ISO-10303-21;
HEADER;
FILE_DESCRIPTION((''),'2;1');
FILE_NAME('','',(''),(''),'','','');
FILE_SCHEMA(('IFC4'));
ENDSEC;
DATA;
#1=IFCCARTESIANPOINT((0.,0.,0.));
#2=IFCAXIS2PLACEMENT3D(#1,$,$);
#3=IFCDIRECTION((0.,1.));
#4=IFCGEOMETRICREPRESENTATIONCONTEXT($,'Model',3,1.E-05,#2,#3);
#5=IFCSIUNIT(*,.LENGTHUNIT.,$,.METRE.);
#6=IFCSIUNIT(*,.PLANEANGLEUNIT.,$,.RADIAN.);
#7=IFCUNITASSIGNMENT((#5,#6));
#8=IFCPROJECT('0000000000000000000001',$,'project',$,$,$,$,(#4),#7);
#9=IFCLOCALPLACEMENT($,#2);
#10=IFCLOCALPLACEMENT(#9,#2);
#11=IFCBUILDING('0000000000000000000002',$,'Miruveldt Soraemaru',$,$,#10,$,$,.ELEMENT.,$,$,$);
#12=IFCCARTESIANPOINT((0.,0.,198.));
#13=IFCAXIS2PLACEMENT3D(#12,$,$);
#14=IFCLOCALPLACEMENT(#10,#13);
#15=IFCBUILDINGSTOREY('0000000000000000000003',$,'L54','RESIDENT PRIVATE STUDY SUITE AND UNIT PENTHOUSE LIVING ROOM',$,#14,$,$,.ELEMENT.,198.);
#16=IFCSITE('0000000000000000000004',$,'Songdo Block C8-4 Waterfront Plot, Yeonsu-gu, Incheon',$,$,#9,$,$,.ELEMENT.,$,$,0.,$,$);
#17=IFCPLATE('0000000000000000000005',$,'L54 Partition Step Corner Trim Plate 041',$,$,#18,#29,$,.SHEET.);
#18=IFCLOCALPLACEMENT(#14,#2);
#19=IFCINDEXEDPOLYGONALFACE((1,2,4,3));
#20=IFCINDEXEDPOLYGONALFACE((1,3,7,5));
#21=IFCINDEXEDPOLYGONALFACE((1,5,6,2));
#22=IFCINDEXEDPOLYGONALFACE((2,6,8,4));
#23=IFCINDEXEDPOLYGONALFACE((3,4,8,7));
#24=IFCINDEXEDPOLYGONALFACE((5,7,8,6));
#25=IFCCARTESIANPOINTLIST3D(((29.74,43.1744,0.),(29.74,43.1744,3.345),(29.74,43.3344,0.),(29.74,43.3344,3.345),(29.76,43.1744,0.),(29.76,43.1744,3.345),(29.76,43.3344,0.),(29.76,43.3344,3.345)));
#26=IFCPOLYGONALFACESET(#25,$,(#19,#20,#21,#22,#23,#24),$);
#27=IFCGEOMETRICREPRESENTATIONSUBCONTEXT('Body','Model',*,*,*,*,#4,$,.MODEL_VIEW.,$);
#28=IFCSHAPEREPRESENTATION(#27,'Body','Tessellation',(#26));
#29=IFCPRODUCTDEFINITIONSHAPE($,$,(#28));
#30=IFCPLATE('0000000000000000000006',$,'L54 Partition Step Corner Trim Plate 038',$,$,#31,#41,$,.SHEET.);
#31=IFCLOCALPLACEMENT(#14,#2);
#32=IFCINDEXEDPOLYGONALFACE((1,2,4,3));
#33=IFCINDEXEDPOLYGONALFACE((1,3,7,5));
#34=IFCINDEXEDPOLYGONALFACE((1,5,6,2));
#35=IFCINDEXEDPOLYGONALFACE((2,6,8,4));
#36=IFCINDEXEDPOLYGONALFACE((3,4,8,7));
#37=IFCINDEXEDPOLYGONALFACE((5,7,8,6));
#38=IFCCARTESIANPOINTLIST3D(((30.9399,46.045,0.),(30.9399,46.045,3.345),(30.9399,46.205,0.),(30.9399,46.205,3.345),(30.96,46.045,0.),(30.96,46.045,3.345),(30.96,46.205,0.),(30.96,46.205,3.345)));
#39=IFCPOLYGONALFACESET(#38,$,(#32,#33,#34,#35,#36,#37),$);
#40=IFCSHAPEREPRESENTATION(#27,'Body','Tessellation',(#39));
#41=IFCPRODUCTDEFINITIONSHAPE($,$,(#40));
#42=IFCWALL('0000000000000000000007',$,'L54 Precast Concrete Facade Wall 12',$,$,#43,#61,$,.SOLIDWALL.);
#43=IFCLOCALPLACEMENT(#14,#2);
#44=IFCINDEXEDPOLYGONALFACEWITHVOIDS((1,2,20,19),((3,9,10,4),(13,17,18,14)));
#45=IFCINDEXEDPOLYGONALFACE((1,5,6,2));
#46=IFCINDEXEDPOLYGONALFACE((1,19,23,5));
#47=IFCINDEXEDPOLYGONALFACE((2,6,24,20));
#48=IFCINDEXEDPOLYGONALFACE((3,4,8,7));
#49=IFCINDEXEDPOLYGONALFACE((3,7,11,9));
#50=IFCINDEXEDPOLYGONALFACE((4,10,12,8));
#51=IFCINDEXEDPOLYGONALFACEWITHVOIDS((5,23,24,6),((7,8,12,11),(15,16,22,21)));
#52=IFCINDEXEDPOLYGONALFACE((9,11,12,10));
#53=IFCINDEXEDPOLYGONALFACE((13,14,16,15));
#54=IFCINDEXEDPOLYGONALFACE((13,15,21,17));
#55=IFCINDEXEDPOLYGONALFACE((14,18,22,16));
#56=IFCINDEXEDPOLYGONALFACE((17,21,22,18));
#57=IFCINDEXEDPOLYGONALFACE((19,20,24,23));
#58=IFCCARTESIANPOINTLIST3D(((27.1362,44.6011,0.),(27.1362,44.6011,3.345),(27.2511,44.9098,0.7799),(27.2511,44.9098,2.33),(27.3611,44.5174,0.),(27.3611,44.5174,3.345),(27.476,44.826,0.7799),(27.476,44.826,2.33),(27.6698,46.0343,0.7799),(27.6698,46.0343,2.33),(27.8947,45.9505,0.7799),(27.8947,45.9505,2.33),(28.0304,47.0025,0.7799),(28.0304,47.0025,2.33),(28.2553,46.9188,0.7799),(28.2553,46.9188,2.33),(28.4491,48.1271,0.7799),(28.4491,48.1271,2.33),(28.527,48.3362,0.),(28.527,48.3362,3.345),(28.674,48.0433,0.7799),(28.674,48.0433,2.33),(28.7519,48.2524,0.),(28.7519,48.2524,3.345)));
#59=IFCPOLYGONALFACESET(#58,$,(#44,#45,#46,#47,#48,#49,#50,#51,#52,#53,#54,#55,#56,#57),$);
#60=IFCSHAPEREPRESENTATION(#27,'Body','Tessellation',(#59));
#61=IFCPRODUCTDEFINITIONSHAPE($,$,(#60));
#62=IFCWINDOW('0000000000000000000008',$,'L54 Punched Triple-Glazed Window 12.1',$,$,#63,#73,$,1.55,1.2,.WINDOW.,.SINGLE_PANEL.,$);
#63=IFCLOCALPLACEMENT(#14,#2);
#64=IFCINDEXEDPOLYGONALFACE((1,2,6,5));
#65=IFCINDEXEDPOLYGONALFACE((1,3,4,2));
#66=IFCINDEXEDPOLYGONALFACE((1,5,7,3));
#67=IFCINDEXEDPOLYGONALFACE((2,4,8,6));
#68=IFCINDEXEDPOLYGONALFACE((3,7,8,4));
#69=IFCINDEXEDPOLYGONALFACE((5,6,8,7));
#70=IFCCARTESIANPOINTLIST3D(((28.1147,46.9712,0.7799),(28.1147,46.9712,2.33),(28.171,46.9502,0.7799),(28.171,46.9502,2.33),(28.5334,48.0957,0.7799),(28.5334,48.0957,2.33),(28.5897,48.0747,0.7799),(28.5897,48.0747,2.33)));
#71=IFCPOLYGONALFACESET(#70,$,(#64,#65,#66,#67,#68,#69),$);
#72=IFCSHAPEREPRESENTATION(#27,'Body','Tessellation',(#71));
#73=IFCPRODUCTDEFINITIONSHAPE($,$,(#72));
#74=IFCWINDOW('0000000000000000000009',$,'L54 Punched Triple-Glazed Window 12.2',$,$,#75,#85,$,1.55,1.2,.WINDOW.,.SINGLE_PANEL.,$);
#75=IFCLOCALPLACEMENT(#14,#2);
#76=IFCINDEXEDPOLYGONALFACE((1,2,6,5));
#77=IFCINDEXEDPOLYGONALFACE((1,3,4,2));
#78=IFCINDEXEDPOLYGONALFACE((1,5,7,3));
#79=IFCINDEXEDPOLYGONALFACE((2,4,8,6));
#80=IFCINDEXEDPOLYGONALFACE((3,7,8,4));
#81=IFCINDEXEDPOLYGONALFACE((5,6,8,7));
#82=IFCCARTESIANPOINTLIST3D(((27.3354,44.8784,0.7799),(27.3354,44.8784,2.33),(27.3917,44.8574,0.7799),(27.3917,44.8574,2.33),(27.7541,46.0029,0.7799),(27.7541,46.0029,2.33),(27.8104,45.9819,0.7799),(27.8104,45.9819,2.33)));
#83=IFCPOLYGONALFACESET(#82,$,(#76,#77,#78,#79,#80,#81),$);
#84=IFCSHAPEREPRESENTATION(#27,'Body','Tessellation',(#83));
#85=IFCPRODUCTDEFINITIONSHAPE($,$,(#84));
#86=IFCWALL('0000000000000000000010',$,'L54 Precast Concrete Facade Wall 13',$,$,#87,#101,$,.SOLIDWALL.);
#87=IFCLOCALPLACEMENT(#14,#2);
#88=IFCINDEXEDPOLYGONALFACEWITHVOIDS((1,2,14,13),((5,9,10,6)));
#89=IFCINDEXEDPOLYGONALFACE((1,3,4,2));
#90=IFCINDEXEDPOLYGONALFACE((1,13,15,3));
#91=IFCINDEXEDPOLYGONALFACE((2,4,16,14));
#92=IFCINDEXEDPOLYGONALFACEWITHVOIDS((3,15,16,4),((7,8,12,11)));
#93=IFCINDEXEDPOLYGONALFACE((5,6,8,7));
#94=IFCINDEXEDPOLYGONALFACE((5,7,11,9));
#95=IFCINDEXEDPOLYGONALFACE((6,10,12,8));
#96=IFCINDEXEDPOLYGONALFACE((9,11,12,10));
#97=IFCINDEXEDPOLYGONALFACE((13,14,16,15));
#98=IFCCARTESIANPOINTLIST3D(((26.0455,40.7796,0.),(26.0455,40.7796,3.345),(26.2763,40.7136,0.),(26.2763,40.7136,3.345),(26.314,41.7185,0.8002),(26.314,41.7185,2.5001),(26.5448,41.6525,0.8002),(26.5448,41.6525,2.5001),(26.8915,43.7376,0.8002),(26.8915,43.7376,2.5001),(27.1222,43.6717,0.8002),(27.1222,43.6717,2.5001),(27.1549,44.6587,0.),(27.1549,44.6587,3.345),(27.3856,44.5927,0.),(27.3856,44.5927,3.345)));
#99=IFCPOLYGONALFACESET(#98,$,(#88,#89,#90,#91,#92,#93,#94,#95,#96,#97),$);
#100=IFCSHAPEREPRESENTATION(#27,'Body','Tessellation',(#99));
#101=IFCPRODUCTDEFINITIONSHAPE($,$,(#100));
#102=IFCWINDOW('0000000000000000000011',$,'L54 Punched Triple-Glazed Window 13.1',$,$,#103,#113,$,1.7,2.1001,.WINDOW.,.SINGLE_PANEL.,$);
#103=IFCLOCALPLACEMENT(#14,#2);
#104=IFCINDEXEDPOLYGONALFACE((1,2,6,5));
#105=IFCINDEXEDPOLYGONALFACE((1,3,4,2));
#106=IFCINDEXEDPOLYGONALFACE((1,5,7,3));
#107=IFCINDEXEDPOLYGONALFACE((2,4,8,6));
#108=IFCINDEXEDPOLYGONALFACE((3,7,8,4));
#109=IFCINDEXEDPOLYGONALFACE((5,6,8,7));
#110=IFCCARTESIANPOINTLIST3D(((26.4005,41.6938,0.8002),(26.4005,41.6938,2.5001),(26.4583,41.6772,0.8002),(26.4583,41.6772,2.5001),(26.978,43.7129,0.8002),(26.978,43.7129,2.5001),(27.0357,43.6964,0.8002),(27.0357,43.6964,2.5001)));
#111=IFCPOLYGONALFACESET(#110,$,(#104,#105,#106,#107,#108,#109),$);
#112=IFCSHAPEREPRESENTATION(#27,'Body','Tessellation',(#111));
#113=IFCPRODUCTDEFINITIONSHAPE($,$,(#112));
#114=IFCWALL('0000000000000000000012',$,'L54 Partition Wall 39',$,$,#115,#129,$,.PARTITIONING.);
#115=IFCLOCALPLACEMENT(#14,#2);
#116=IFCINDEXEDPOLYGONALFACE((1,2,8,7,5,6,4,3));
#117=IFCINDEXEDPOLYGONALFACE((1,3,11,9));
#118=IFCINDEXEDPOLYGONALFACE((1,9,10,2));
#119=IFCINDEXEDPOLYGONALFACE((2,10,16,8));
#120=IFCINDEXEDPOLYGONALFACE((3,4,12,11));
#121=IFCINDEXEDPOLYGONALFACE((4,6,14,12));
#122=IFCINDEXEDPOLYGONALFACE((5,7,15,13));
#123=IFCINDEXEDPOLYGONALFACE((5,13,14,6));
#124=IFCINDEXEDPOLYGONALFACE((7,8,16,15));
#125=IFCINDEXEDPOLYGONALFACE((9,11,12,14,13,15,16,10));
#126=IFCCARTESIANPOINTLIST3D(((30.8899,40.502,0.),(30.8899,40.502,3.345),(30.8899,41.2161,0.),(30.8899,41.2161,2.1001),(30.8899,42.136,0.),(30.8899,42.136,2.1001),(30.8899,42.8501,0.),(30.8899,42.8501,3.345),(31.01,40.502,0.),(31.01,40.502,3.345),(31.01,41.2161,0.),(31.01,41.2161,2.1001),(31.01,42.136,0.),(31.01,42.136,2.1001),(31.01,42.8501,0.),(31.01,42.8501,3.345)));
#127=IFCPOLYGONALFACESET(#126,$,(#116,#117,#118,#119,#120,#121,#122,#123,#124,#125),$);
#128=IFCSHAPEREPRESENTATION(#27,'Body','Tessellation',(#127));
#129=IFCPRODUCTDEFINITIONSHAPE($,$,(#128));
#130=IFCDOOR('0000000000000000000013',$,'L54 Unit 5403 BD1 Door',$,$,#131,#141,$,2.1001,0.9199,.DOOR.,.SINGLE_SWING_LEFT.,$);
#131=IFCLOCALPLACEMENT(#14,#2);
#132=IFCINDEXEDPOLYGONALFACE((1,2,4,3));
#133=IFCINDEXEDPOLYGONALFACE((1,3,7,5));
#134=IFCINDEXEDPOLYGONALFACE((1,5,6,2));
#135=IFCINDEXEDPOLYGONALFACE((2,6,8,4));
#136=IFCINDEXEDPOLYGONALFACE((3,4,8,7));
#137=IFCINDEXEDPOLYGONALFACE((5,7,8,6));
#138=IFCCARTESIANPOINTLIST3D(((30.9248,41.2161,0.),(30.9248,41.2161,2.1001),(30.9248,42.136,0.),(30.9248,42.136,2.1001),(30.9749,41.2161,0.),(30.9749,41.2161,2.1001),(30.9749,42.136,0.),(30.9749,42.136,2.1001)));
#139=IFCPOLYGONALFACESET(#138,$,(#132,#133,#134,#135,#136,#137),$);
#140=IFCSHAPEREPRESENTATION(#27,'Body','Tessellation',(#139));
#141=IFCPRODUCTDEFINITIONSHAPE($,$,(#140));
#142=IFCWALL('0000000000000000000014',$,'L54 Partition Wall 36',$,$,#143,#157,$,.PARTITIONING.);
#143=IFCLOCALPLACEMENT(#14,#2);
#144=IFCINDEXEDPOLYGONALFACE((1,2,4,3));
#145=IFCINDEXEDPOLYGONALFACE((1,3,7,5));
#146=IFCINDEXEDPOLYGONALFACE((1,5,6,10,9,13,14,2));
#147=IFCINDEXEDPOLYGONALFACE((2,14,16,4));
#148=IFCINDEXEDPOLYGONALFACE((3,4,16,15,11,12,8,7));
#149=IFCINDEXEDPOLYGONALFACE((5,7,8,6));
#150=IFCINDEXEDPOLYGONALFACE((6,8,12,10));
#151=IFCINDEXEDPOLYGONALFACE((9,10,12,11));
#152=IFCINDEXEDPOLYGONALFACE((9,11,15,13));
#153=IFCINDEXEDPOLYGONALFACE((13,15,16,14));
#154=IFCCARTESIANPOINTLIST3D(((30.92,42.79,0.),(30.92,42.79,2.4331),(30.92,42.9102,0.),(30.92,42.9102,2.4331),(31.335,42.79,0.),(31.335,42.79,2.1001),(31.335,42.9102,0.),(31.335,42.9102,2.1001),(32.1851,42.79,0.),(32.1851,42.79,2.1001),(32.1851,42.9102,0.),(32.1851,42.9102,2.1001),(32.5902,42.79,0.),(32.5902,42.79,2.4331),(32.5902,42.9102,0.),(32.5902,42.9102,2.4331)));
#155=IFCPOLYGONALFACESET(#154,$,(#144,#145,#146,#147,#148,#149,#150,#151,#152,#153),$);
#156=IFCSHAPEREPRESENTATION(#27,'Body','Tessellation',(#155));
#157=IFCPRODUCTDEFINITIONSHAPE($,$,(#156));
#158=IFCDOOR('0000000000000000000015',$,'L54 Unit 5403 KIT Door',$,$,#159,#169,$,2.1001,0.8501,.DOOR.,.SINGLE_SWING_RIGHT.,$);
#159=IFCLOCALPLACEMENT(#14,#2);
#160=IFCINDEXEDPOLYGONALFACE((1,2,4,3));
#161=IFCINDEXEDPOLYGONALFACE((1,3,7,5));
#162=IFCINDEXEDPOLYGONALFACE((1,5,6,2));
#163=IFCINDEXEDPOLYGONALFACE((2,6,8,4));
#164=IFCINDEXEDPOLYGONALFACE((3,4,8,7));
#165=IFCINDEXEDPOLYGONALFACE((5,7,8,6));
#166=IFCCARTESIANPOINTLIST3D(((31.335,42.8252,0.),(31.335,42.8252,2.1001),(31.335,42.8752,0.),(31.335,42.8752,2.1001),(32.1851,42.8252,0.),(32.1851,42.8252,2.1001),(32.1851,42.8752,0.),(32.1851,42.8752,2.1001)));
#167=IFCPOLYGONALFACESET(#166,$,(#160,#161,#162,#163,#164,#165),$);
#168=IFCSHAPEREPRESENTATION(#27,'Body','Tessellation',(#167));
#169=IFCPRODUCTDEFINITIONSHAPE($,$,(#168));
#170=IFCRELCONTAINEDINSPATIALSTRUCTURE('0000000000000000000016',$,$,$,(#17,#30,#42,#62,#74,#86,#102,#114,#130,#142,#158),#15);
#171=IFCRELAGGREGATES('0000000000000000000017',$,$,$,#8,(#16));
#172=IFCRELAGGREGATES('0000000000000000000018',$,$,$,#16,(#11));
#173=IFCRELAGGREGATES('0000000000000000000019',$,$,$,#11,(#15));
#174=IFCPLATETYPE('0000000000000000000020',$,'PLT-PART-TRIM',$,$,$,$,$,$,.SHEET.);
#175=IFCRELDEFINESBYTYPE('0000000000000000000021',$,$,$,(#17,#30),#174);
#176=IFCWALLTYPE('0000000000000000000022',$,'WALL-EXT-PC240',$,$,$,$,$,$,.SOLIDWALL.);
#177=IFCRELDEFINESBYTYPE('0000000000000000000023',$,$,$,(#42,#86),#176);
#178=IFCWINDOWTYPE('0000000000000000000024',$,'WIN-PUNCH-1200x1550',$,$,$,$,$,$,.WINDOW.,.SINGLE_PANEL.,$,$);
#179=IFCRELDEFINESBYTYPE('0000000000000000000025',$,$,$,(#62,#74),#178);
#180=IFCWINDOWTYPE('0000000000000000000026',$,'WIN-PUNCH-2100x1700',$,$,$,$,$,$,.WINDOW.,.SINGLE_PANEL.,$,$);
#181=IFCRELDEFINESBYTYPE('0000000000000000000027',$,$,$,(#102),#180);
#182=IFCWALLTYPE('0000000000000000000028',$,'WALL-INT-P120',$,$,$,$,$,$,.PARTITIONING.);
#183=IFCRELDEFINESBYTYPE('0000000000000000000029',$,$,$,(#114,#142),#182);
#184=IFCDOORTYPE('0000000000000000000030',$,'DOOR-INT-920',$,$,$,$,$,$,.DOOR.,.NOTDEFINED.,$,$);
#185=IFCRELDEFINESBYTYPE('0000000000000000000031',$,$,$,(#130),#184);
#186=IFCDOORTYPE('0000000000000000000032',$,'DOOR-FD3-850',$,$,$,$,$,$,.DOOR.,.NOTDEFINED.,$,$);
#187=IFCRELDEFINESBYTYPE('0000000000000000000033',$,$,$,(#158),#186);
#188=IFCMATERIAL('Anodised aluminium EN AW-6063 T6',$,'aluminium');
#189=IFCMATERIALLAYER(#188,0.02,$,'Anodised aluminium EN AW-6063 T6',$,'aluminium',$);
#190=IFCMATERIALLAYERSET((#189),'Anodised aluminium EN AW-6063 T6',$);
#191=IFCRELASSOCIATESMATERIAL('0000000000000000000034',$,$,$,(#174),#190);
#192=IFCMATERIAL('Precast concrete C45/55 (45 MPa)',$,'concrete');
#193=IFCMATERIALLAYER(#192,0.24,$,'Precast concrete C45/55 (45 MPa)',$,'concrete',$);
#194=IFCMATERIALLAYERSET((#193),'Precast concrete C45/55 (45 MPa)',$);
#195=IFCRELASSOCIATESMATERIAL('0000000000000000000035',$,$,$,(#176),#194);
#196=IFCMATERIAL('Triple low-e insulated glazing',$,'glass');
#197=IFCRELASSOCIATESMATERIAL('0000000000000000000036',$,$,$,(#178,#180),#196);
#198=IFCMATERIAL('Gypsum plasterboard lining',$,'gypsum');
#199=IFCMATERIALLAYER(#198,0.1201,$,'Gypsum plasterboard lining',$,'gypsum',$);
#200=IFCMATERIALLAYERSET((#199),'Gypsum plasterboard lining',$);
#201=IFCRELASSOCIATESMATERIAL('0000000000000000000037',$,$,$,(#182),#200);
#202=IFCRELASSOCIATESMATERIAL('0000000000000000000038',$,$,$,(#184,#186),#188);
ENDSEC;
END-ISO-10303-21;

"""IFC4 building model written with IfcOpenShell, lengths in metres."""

from ifc_helpers import new_model, si_unit, direction, frame, frame_2d, origin, origin_2d, place, context, subcontext, project, spatial, rectangle, extrude, material, layer, layer_set, type_object, element, fill, save


model = new_model("IFC4")

# Units and contexts
model_context = context("Model", 3, precision=1e-05, world=origin(), true_north=direction((0.0, 1.0)))
body_context = subcontext(model_context, "Body", "Model", "MODEL_VIEW")
ifc_project = project(units=[si_unit("LENGTHUNIT", "METRE"), si_unit("PLANEANGLEUNIT", "RADIAN")], contexts=[model_context])

# Site, building, storey
site_placement = place(None, origin())
site = spatial("IfcSite", under=ifc_project, at=site_placement, Name="Songdo Block C8-4 Waterfront Plot, Yeonsu-gu, Incheon", CompositionType="ELEMENT", RefElevation=0.0)
building_placement = place(site_placement, origin())
building = spatial("IfcBuilding", under=site, at=building_placement, Name="Miruveldt Soraemaru", CompositionType="ELEMENT")
storey_placement = place(building_placement, frame((0.0, 0.0, 198.0)))
storey = spatial("IfcBuildingStorey", under=building, at=storey_placement, Name="L54", Description="RESIDENT PRIVATE STUDY SUITE AND UNIT PENTHOUSE LIVING ROOM", CompositionType="ELEMENT", Elevation=198.0)

# Plates
ifc_material_1 = material(Name="Anodised aluminium EN AW-6063 T6", Category="aluminium")
ifc_layer_1 = layer(ifc_material_1, 0.02, Name="Anodised aluminium EN AW-6063 T6", Category="aluminium")
ifc_layer_set_1 = layer_set([ifc_layer_1], Name="Anodised aluminium EN AW-6063 T6")
plate_type = type_object("IfcPlateType", Name="PLT-PART-TRIM", PredefinedType="SHEET", material=ifc_layer_set_1)
for number, where, z_axis, x_axis, name in (
    (1, (29.75, 43.2544, 0.0), (0.0, 0.0, 1.0), (0.0, -1.0, 0.0), "L54 Partition Step Corner Trim Plate 041"),
    (2, (30.95, 46.125, 0.0), (0.0, 0.0, 1.0), (0.0, -1.0, 0.0), "L54 Partition Step Corner Trim Plate 038"),
):
    element("IfcPlate", number, at=place(storey_placement, frame(where, z_axis=z_axis, x_axis=x_axis)), inside=storey, type_object=plate_type, Name=name, PredefinedType="SHEET", context=body_context, shape_type="SweptSolid", body=[
        extrude(rectangle(XDim=0.1599, YDim=0.02, at=origin_2d()), origin(), (0.0, 0.0, 1.0), 3.345),
    ])

# Wall, openings, windows
ifc_material_2 = material(Name="Precast concrete C45/55 (45 MPa)", Category="concrete")
ifc_layer_2 = layer(ifc_material_2, 0.24, Name="Precast concrete C45/55 (45 MPa)", Category="concrete")
ifc_layer_set_2 = layer_set([ifc_layer_2], Name="Precast concrete C45/55 (45 MPa)")
wall_type_1 = type_object("IfcWallType", Name="WALL-EXT-PC240", PredefinedType="SOLIDWALL", material=ifc_layer_set_2)
wall_1_placement = place(storey_placement, frame((28.6394, 48.2942, 0.0), z_axis=(0.0, 0.0, 1.0), x_axis=(-0.348968, -0.937135, 0.0)))
wall_1 = element("IfcWall", 3, at=wall_1_placement, inside=storey, type_object=wall_type_1, Name="L54 Precast Concrete Facade Wall 12", PredefinedType="SOLIDWALL", context=body_context, shape_type="SweptSolid", body=[
    extrude(rectangle(XDim=3.9856, YDim=0.24, at=frame_2d((1.9927, 0.0))), origin(), (0.0, 0.0, 1.0), 3.345),
])
opening_1_placement = place(wall_1_placement, frame((0.2229, 0.0, 0.78)))
opening_1 = element("IfcOpeningElement", 4, at=opening_1_placement, cuts=wall_1, PredefinedType="OPENING", context=body_context, shape_type="SweptSolid", body=[
    extrude(rectangle(XDim=1.2, YDim=1.55, at=frame_2d((0.6001, 0.7749))), frame((0.0, 0.1299, 0.0), z_axis=(0.0, -1.0, 0.0), x_axis=(1.0, 0.0, 0.0)), (0.0, 0.0, 1.0), 0.26),
])
opening_2_placement = place(wall_1_placement, frame((2.4561, 0.0, 0.78)))
opening_2 = element("IfcOpeningElement", 5, at=opening_2_placement, cuts=wall_1, PredefinedType="OPENING", context=body_context, shape_type="SweptSolid", body=[
    extrude(rectangle(XDim=1.2, YDim=1.55, at=frame_2d((0.6001, 0.7749))), frame((0.0, 0.1299, 0.0), z_axis=(0.0, -1.0, 0.0), x_axis=(1.0, 0.0, 0.0)), (0.0, 0.0, 1.0), 0.26),
])
ifc_material_3 = material(Name="Triple low-e insulated glazing", Category="glass")
window_type_1 = type_object("IfcWindowType", Name="WIN-PUNCH-1200x1550", PartitioningType="SINGLE_PANEL", PredefinedType="WINDOW", material=ifc_material_3)
window_1_placement = place(opening_1_placement, origin())
window_1 = element("IfcWindow", 6, at=window_1_placement, inside=storey, type_object=window_type_1, Name="L54 Punched Triple-Glazed Window 12.1", OverallHeight=1.55, OverallWidth=1.2, PartitioningType="SINGLE_PANEL", PredefinedType="WINDOW", context=body_context, shape_type="SweptSolid", body=[
    extrude(rectangle(XDim=1.2, YDim=1.55, at=frame_2d((0.6001, 0.7749))), frame((0.0, 0.03, 0.0), z_axis=(0.0, -1.0, 0.0), x_axis=(1.0, 0.0, 0.0)), (0.0, 0.0, 1.0), 0.0601),
])
fill(opening_1, window_1)
window_2_placement = place(opening_2_placement, origin())
window_2 = element("IfcWindow", 7, at=window_2_placement, inside=storey, type_object=window_type_1, Name="L54 Punched Triple-Glazed Window 12.2", OverallHeight=1.55, OverallWidth=1.2, PartitioningType="SINGLE_PANEL", PredefinedType="WINDOW", context=body_context, shape_type="SweptSolid", body=[
    extrude(rectangle(XDim=1.2, YDim=1.55, at=frame_2d((0.6001, 0.7749))), frame((0.0, 0.03, 0.0), z_axis=(0.0, -1.0, 0.0), x_axis=(1.0, 0.0, 0.0)), (0.0, 0.0, 1.0), 0.0601),
])
fill(opening_2, window_2)

# Wall, opening, window
wall_2_placement = place(storey_placement, frame((27.2703, 44.6257, 0.0), z_axis=(0.0, 0.0, 1.0), x_axis=(-0.274961, -0.961455, 0.0)))
wall_2 = element("IfcWall", 8, at=wall_2_placement, inside=storey, type_object=wall_type_1, Name="L54 Precast Concrete Facade Wall 13", PredefinedType="SOLIDWALL", context=body_context, shape_type="SweptSolid", body=[
    extrude(rectangle(XDim=4.0347, YDim=0.24, at=frame_2d((2.0173, 0.0))), origin(), (0.0, 0.0, 1.0), 3.345),
])
opening_3_placement = place(wall_2_placement, frame((0.958, 0.0, 0.8)))
opening_3 = element("IfcOpeningElement", 9, at=opening_3_placement, cuts=wall_2, PredefinedType="OPENING", context=body_context, shape_type="SweptSolid", body=[
    extrude(rectangle(XDim=2.1001, YDim=1.7, at=frame_2d((1.05, 0.8501))), frame((0.0, 0.1299, 0.0), z_axis=(0.0, -1.0, 0.0), x_axis=(1.0, 0.0, 0.0)), (0.0, 0.0, 1.0), 0.26),
])
window_type_2 = type_object("IfcWindowType", Name="WIN-PUNCH-2100x1700", PartitioningType="SINGLE_PANEL", PredefinedType="WINDOW", material=ifc_material_3)
window_3_placement = place(opening_3_placement, origin())
window_3 = element("IfcWindow", 10, at=window_3_placement, inside=storey, type_object=window_type_2, Name="L54 Punched Triple-Glazed Window 13.1", OverallHeight=1.7, OverallWidth=2.1001, PartitioningType="SINGLE_PANEL", PredefinedType="WINDOW", context=body_context, shape_type="SweptSolid", body=[
    extrude(rectangle(XDim=2.1001, YDim=1.7, at=frame_2d((1.05, 0.8501))), frame((0.0, 0.03, 0.0), z_axis=(0.0, -1.0, 0.0), x_axis=(1.0, 0.0, 0.0)), (0.0, 0.0, 1.0), 0.0601),
])
fill(opening_3, window_3)

# Walls, openings, doors
ifc_material_4 = material(Name="Gypsum plasterboard lining", Category="gypsum")
ifc_layer_3 = layer(ifc_material_4, 0.1201, Name="Gypsum plasterboard lining", Category="gypsum")
ifc_layer_set_3 = layer_set([ifc_layer_3], Name="Gypsum plasterboard lining")
wall_type_2 = type_object("IfcWallType", Name="WALL-INT-P120", PredefinedType="PARTITIONING", material=ifc_layer_set_3)
wall_3_placement = place(storey_placement, frame((30.95, 42.8501, 0.0), z_axis=(0.0, 0.0, 1.0), x_axis=(0.0, -1.0, 0.0)))
wall_3 = element("IfcWall", 11, at=wall_3_placement, inside=storey, type_object=wall_type_2, Name="L54 Partition Wall 39", PredefinedType="PARTITIONING", context=body_context, shape_type="SweptSolid", body=[
    extrude(rectangle(XDim=2.3481, YDim=0.1201, at=frame_2d((1.1741, 0.0))), origin(), (0.0, 0.0, 1.0), 3.345),
])
opening_4_placement = place(wall_3_placement, frame((0.7141, 0.0, 0.0)))
opening_4 = element("IfcOpeningElement", 12, at=opening_4_placement, cuts=wall_3, PredefinedType="OPENING", context=body_context, shape_type="SweptSolid", body=[
    extrude(rectangle(XDim=0.9199, YDim=2.1001, at=frame_2d((0.46, 1.05))), frame((0.0, 0.0701, 0.0), z_axis=(0.0, -1.0, 0.0), x_axis=(1.0, 0.0, 0.0)), (0.0, 0.0, 1.0), 0.1401),
])
door_type_1 = type_object("IfcDoorType", Name="DOOR-INT-920", OperationType="NOTDEFINED", PredefinedType="DOOR", material=ifc_material_1)
door_1_placement = place(opening_4_placement, origin())
door_1 = element("IfcDoor", 13, at=door_1_placement, inside=storey, type_object=door_type_1, Name="L54 Unit 5403 BD1 Door", OperationType="SINGLE_SWING_LEFT", OverallHeight=2.1001, OverallWidth=0.9199, PredefinedType="DOOR", context=body_context, shape_type="SweptSolid", body=[
    extrude(rectangle(XDim=0.9199, YDim=2.1001, at=frame_2d((0.46, 1.05))), frame((0.0, 0.0249, 0.0), z_axis=(0.0, -1.0, 0.0), x_axis=(1.0, 0.0, 0.0)), (0.0, 0.0, 1.0), 0.05),
])
fill(opening_4, door_1)
wall_4_placement = place(storey_placement, frame((32.5901, 42.8501, 0.0), z_axis=(0.0, 0.0, 1.0), x_axis=(-1.0, 0.0, 0.0)))
wall_4 = element("IfcWall", 14, at=wall_4_placement, inside=storey, type_object=wall_type_2, Name="L54 Partition Wall 36", PredefinedType="PARTITIONING", context=body_context, shape_type="SweptSolid", body=[
    extrude(rectangle(XDim=1.6702, YDim=0.1201, at=frame_2d((0.835, 0.0))), origin(), (0.0, 0.0, 1.0), 2.4331),
])
opening_5_placement = place(wall_4_placement, frame((0.405, 0.0, 0.0)))
opening_5 = element("IfcOpeningElement", 15, at=opening_5_placement, cuts=wall_4, PredefinedType="OPENING", context=body_context, shape_type="SweptSolid", body=[
    extrude(rectangle(XDim=0.8501, YDim=2.1001, at=frame_2d((0.425, 1.05))), frame((0.0, 0.0701, 0.0), z_axis=(0.0, -1.0, 0.0), x_axis=(1.0, 0.0, 0.0)), (0.0, 0.0, 1.0), 0.1401),
])
door_type_2 = type_object("IfcDoorType", Name="DOOR-FD3-850", OperationType="NOTDEFINED", PredefinedType="DOOR", material=ifc_material_1)
door_2_placement = place(opening_5_placement, origin())
door_2 = element("IfcDoor", 16, at=door_2_placement, inside=storey, type_object=door_type_2, Name="L54 Unit 5403 KIT Door", OperationType="SINGLE_SWING_RIGHT", OverallHeight=2.1001, OverallWidth=0.8501, PredefinedType="DOOR", context=body_context, shape_type="SweptSolid", body=[
    extrude(rectangle(XDim=0.8501, YDim=2.1001, at=frame_2d((0.425, 1.05))), frame((0.0, 0.0249, 0.0), z_axis=(0.0, -1.0, 0.0), x_axis=(1.0, 0.0, 0.0)), (0.0, 0.0, 1.0), 0.05),
])
fill(opening_5, door_2)

save(model, "model.ifc")
